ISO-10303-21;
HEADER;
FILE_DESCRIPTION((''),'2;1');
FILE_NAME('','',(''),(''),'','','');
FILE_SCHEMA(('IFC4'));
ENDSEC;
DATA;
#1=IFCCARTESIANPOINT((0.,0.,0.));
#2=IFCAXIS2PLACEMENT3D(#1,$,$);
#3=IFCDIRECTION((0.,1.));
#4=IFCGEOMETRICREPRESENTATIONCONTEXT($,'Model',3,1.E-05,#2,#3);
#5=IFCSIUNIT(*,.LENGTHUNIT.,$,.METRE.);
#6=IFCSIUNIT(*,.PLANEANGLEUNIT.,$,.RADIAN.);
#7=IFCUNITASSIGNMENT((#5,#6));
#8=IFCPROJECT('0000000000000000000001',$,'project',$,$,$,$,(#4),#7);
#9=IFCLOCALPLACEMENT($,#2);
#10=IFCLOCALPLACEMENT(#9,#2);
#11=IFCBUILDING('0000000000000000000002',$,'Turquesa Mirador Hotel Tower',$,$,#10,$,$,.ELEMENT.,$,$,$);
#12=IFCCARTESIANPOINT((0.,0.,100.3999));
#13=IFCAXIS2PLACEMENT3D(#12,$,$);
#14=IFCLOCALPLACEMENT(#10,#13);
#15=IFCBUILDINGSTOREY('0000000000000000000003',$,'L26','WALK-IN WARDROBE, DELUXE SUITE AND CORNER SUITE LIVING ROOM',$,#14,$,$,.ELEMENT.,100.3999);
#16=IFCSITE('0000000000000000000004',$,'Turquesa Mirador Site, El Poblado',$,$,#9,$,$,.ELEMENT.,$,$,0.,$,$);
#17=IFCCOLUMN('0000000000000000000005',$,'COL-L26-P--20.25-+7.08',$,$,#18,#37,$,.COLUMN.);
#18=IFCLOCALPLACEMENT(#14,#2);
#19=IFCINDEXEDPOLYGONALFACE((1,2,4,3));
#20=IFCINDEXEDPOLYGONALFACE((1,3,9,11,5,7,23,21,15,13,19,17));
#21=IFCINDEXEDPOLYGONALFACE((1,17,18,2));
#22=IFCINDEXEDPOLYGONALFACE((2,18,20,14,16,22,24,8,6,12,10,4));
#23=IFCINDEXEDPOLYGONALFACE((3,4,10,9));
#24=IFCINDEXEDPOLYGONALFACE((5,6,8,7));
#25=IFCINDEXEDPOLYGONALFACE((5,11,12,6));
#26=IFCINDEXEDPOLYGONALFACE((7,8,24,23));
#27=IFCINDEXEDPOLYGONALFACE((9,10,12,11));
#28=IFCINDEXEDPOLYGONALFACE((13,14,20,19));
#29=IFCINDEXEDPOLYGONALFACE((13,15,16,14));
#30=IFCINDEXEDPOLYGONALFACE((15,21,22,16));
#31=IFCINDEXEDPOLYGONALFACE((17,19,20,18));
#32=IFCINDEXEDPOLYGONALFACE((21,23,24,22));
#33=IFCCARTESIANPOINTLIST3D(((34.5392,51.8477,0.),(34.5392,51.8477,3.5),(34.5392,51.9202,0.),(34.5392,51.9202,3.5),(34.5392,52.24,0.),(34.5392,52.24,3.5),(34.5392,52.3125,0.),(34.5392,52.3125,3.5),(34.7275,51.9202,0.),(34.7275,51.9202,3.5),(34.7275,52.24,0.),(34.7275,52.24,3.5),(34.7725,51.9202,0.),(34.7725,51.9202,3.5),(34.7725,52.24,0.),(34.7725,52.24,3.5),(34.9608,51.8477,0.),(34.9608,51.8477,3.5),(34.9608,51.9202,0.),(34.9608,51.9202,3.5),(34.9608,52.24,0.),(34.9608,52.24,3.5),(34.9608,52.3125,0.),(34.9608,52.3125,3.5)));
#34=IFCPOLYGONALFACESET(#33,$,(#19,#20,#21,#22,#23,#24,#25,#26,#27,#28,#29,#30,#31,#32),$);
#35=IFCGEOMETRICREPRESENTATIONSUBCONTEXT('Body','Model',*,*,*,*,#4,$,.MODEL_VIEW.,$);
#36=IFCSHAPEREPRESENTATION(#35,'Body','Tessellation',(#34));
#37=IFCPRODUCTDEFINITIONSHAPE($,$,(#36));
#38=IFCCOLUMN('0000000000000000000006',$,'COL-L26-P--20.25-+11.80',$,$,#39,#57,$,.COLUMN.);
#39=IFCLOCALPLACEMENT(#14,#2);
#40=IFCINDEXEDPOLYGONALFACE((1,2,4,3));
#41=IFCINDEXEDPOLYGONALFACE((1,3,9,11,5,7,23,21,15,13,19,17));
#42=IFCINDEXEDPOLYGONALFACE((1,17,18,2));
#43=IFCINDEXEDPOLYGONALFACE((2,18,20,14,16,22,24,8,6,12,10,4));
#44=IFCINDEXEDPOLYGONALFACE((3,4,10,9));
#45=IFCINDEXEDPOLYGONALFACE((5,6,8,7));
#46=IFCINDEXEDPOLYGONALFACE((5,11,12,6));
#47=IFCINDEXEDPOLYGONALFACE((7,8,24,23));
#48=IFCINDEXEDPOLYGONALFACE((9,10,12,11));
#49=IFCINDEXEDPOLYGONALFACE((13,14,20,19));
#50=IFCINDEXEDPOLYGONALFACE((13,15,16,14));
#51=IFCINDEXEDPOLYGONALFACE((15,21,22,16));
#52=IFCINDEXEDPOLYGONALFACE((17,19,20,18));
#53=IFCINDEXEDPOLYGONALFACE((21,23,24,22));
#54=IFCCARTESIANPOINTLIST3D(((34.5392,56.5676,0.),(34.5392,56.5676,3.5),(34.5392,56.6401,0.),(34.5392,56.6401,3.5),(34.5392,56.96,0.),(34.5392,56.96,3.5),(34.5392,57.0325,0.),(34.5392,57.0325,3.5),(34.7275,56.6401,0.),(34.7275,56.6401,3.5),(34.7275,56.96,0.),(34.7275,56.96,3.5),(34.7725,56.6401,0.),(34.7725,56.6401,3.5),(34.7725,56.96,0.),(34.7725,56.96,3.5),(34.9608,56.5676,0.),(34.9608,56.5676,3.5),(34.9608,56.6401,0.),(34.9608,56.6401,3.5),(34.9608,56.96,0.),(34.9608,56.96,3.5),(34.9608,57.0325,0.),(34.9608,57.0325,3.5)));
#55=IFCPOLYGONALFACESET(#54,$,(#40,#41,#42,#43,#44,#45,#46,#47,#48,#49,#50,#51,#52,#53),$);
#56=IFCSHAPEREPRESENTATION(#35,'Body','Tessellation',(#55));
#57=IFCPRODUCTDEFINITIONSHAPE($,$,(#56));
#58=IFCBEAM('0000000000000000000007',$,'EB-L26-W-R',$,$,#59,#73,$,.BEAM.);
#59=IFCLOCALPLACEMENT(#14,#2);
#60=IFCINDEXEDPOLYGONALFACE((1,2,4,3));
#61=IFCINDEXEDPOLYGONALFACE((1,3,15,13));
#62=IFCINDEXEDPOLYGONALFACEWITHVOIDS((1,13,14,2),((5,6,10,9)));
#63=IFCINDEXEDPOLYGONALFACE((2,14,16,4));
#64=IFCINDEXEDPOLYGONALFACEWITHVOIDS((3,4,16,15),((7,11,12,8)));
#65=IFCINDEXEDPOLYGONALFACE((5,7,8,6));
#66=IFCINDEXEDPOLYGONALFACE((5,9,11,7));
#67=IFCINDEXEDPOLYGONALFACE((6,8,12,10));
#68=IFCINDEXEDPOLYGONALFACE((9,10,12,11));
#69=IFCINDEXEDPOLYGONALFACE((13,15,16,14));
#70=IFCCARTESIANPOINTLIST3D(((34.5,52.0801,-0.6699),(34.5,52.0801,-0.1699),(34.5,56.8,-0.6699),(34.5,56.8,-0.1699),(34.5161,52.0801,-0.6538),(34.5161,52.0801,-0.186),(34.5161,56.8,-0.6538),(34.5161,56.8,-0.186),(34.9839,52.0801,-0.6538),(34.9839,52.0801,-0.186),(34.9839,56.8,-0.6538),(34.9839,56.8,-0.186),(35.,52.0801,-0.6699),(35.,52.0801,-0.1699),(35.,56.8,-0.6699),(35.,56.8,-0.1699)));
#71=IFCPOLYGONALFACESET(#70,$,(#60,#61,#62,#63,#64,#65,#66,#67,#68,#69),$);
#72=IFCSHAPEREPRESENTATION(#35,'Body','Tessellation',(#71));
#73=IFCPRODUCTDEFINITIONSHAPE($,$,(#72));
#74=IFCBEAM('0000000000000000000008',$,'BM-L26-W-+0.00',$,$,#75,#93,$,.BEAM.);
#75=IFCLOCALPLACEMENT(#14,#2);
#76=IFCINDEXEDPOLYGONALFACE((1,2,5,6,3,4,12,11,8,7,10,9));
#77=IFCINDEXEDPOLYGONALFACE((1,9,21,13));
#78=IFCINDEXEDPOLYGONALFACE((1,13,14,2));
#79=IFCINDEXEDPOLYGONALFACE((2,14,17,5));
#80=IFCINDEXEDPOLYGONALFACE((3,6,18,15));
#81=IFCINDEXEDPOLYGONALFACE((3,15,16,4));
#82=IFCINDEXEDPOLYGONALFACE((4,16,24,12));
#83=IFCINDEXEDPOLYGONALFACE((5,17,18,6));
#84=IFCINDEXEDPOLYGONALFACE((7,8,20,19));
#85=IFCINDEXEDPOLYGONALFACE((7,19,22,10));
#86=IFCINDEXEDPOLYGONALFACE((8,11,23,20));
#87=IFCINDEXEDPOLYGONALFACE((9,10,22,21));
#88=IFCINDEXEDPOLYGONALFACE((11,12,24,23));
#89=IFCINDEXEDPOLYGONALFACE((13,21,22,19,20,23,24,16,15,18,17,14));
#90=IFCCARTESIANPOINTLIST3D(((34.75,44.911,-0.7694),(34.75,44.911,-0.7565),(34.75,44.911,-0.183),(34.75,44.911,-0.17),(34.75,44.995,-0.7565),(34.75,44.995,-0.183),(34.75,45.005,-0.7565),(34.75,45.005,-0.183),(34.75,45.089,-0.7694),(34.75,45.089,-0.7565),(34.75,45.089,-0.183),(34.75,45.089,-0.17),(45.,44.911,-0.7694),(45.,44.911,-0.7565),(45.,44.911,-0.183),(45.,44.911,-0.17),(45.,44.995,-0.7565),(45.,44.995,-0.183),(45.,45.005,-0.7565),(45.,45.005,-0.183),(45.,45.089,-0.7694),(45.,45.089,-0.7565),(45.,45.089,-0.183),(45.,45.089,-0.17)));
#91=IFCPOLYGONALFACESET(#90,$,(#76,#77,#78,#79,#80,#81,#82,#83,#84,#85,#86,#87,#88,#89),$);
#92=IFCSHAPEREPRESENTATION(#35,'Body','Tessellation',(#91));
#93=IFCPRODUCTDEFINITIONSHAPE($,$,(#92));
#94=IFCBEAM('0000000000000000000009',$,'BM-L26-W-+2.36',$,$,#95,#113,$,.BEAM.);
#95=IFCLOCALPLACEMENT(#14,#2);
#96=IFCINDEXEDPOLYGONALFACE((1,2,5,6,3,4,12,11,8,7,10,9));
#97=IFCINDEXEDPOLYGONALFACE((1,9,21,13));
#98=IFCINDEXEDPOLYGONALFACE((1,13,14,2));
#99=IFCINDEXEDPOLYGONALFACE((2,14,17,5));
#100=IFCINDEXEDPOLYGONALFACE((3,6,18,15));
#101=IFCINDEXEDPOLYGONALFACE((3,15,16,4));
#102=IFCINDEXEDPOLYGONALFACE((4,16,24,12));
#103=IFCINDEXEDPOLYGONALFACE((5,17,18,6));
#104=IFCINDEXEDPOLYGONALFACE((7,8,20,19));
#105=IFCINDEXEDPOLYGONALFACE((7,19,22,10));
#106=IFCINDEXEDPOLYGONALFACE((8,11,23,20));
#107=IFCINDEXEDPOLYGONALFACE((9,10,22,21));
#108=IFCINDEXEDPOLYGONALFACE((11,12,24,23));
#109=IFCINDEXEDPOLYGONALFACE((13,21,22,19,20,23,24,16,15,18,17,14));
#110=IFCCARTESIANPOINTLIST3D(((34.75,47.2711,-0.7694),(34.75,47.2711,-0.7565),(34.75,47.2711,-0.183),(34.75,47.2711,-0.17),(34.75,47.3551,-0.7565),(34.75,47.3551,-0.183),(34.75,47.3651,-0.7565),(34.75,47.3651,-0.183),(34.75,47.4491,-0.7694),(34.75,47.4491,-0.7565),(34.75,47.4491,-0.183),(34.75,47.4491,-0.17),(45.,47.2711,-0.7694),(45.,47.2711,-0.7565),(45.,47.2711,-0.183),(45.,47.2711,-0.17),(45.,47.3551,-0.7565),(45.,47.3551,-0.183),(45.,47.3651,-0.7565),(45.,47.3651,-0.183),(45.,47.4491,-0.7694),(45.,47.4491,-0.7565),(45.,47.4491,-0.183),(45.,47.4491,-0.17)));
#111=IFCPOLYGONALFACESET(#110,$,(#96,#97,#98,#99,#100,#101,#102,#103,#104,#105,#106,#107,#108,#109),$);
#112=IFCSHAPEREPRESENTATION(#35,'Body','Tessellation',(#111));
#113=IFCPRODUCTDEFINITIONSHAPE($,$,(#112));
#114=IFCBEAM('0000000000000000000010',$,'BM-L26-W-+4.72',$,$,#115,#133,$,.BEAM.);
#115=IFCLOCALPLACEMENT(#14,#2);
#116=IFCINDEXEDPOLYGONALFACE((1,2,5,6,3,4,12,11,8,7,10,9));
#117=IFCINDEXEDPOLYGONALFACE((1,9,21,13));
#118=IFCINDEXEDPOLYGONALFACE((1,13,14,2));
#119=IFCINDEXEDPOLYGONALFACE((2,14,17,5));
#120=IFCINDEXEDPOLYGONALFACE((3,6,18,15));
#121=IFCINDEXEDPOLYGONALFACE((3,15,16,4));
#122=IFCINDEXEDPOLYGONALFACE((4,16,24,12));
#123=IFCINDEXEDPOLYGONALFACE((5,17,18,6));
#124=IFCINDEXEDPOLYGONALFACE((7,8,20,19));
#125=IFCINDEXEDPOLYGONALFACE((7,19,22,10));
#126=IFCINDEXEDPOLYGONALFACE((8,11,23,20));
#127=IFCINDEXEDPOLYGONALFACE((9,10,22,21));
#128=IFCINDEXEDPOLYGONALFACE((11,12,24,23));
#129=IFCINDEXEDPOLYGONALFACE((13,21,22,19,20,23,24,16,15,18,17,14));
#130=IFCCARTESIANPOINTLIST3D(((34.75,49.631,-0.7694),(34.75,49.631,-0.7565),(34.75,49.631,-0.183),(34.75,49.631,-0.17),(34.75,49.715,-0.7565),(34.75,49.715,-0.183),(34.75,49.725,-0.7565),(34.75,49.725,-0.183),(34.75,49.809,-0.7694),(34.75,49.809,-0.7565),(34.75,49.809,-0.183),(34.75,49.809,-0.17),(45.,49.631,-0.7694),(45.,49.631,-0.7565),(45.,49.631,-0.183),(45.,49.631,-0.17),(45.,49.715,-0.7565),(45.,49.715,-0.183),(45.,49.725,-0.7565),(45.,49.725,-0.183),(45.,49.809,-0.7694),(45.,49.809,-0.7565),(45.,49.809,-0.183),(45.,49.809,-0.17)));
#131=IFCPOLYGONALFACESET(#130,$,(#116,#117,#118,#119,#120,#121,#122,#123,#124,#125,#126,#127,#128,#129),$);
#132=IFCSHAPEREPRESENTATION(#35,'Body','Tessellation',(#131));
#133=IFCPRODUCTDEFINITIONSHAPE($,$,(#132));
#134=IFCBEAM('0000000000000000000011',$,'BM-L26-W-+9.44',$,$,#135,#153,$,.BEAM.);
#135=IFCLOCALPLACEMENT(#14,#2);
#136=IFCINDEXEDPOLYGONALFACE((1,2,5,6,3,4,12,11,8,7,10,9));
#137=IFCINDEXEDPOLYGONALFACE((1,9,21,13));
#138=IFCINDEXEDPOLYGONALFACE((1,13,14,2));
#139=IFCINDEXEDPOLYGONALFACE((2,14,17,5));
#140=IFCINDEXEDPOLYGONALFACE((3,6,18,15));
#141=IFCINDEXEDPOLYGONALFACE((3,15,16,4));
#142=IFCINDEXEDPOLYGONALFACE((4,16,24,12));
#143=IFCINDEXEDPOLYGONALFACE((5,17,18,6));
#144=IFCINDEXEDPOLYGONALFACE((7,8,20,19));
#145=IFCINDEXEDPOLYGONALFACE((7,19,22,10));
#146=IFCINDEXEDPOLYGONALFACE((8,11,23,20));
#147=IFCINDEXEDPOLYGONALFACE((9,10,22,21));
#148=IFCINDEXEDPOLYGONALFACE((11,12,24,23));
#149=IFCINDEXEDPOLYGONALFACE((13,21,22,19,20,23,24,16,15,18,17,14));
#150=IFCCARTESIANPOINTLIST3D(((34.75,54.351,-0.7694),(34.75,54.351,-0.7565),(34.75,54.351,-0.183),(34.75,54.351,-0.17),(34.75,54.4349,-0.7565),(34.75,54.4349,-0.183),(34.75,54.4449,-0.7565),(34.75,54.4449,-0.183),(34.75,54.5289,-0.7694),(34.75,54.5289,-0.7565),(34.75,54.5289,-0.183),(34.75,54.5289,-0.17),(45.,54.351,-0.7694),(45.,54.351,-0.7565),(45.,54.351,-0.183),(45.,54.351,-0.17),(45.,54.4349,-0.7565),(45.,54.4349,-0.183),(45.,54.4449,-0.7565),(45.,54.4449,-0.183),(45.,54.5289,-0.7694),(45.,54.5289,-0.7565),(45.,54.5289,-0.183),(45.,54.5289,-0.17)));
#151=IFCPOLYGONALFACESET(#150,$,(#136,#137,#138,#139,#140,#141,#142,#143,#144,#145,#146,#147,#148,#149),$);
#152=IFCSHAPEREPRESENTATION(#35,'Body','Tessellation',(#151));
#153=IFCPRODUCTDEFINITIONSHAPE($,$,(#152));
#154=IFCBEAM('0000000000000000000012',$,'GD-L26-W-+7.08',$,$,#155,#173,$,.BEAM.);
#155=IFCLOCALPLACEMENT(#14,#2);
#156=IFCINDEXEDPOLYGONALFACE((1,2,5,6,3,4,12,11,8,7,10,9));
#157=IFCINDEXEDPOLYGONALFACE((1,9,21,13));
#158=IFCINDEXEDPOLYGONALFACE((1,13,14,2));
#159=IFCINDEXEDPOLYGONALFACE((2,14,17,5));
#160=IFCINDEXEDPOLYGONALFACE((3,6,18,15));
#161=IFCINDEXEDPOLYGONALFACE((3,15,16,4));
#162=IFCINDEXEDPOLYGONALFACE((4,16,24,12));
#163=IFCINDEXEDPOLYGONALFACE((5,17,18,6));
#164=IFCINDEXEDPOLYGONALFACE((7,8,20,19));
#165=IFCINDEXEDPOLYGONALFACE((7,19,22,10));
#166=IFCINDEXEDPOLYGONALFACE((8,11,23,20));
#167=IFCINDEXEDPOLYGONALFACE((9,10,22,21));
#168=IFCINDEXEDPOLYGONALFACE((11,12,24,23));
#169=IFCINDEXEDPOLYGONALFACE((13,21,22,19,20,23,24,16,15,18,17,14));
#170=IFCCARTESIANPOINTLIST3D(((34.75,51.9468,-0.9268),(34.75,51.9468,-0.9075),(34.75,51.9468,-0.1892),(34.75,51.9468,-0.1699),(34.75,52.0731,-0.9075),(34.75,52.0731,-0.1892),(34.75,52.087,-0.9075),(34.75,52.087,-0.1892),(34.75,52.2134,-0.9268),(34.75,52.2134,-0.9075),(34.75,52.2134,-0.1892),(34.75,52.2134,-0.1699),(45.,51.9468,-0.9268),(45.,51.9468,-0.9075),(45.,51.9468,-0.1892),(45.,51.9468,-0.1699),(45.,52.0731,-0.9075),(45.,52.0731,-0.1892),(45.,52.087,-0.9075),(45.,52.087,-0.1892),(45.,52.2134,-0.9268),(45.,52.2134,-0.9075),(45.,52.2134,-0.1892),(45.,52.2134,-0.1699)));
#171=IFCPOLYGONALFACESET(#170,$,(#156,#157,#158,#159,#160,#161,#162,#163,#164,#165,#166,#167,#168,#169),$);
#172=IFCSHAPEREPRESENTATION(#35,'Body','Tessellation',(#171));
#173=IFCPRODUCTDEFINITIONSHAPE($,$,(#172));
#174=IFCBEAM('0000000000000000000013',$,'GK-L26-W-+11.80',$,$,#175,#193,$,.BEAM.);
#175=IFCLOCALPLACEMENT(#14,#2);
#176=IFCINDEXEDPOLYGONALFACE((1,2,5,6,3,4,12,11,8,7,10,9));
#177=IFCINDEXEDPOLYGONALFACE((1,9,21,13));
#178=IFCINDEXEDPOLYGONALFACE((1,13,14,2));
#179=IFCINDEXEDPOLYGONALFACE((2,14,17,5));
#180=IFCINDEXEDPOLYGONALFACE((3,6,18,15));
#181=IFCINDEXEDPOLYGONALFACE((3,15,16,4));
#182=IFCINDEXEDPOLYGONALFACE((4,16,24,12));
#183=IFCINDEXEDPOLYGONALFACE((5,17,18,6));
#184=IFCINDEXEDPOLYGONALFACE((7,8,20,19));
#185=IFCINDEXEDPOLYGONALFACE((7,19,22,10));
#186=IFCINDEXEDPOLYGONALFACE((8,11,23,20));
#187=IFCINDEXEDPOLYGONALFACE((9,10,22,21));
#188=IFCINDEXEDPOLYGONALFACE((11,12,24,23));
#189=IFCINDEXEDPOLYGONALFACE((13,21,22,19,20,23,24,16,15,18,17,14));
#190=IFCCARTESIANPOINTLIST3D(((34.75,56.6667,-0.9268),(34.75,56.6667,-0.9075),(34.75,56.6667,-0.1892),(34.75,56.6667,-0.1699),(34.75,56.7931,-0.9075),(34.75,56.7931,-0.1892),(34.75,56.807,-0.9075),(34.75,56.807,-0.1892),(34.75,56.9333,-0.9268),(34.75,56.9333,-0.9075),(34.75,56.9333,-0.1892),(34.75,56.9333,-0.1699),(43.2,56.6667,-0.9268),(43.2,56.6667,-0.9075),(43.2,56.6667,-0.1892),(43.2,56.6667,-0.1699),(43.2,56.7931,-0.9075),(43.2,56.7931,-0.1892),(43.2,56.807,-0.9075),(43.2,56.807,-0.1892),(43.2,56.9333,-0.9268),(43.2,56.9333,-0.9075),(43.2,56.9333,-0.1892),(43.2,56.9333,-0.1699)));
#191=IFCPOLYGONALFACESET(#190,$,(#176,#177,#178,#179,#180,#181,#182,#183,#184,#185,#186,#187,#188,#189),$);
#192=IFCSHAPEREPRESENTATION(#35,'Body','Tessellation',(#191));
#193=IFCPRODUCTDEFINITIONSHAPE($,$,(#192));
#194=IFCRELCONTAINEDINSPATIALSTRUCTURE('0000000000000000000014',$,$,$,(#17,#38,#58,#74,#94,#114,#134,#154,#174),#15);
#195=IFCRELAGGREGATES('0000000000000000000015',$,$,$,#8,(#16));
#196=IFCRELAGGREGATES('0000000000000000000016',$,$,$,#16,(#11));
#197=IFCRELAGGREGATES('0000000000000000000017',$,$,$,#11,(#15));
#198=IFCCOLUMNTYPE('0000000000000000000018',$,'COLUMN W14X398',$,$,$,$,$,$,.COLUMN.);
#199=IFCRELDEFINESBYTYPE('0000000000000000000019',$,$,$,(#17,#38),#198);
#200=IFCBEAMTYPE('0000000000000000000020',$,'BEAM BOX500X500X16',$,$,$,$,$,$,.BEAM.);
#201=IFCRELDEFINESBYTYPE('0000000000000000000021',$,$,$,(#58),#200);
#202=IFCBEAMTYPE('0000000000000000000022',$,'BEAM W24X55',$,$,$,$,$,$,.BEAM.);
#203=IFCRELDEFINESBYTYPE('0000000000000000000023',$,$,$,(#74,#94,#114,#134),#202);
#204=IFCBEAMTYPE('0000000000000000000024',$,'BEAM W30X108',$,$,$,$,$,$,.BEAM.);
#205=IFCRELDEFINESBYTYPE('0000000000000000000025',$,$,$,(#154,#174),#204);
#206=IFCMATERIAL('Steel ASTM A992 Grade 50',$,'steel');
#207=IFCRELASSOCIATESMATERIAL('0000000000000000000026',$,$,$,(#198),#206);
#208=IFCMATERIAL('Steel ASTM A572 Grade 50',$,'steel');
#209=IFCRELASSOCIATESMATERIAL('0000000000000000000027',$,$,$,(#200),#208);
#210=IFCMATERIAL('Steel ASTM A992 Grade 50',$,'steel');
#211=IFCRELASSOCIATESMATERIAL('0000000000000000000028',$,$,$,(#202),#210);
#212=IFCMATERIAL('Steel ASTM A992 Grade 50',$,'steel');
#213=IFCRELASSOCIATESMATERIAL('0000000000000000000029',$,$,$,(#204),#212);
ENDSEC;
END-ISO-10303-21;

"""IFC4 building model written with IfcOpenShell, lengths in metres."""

from ifc_helpers import new_model, si_unit, direction, frame, origin, origin_2d, place, context, subcontext, project, spatial, hollow_rectangle, i_section, extrude, material, material_profile, profile_set, type_object, element, save


model = new_model("IFC4")

# Units and contexts
model_context = context("Model", 3, precision=1e-05, world=origin(), true_north=direction((0.0, 1.0)))
body_context = subcontext(model_context, "Body", "Model", "MODEL_VIEW")
ifc_project = project(units=[si_unit("LENGTHUNIT", "METRE"), si_unit("PLANEANGLEUNIT", "RADIAN")], contexts=[model_context])

# Site, building, storey
site_placement = place(None, origin())
site = spatial("IfcSite", under=ifc_project, at=site_placement, Name="Turquesa Mirador Site, El Poblado", CompositionType="ELEMENT", RefElevation=0.0)
building_placement = place(site_placement, origin())
building = spatial("IfcBuilding", under=site, at=building_placement, Name="Turquesa Mirador Hotel Tower", CompositionType="ELEMENT")
storey_placement = place(building_placement, frame((0.0, 0.0, 100.3999)))
storey = spatial("IfcBuildingStorey", under=building, at=storey_placement, Name="L26", Description="WALK-IN WARDROBE, DELUXE SUITE AND CORNER SUITE LIVING ROOM", CompositionType="ELEMENT", Elevation=100.3999)

# Columns
ifc_material_1 = material(Name="Steel ASTM A992 Grade 50", Category="steel")
ifc_material_profile_1 = material_profile(ifc_material_1, i_section(OverallWidth=0.4216, OverallDepth=0.4648, WebThickness=0.0449, FlangeThickness=0.0725, at=origin_2d()), Name="W14X398")
ifc_profile_set_1 = profile_set([ifc_material_profile_1], Name="Steel ASTM A992 Grade 50")
column_type = type_object("IfcColumnType", Name="COLUMN W14X398", PredefinedType="COLUMN", material=ifc_profile_set_1)
for number, where, z_axis, x_axis, name in (
    (1, (34.75, 52.0801, 0.0), (0.0, 0.0, 1.0), (1.0, 0.0, 0.0), "COL-L26-P--20.25-+7.08"),
    (2, (34.75, 56.8, 0.0), (0.0, 0.0, 1.0), (1.0, 0.0, 0.0), "COL-L26-P--20.25-+11.80"),
):
    element("IfcColumn", number, at=place(storey_placement, frame(where, z_axis=z_axis, x_axis=x_axis)), inside=storey, type_object=column_type, Name=name, PredefinedType="COLUMN", context=body_context, shape_type="SweptSolid", body=[
        extrude(i_section(OverallWidth=0.4216, OverallDepth=0.4648, WebThickness=0.0449, FlangeThickness=0.0725, at=origin_2d()), origin(), (0.0, 0.0, 1.0), 3.5),
    ])

# Beams
ifc_material_2 = material(Name="Steel ASTM A572 Grade 50", Category="steel")
ifc_material_profile_2 = material_profile(ifc_material_2, hollow_rectangle(XDim=0.5, YDim=0.5, WallThickness=0.0161, at=origin_2d()), Name="BOX500X500X16")
ifc_profile_set_2 = profile_set([ifc_material_profile_2], Name="Steel ASTM A572 Grade 50")
beam_type_1 = type_object("IfcBeamType", Name="BEAM BOX500X500X16", PredefinedType="BEAM", material=ifc_profile_set_2)
beam_1_placement = place(storey_placement, frame((34.75, 52.0801, -0.4199), z_axis=(0.0, 1.0, 0.0), x_axis=(-1.0, 0.0, 0.0)))
element("IfcBeam", 3, at=beam_1_placement, inside=storey, type_object=beam_type_1, Name="EB-L26-W-R", PredefinedType="BEAM", context=body_context, shape_type="SweptSolid", body=[
    extrude(hollow_rectangle(XDim=0.5, YDim=0.5, WallThickness=0.0161, at=origin_2d()), origin(), (0.0, 0.0, 1.0), 4.72),
])
ifc_material_3 = material(Name="Steel ASTM A992 Grade 50", Category="steel")
ifc_material_profile_3 = material_profile(ifc_material_3, i_section(OverallWidth=0.178, OverallDepth=0.5994, WebThickness=0.01, FlangeThickness=0.0129, at=origin_2d()), Name="W24X55")
ifc_profile_set_3 = profile_set([ifc_material_profile_3], Name="Steel ASTM A992 Grade 50")
beam_type_2 = type_object("IfcBeamType", Name="BEAM W24X55", PredefinedType="BEAM", material=ifc_profile_set_3)
for number, where, z_axis, x_axis, name in (
    (4, (34.75, 45.0, -0.4697), (1.0, 0.0, 0.0), (0.0, 1.0, 0.0), "BM-L26-W-+0.00"),
    (5, (34.75, 47.3601, -0.4697), (1.0, 0.0, 0.0), (0.0, 1.0, 0.0), "BM-L26-W-+2.36"),
    (6, (34.75, 49.72, -0.4697), (1.0, 0.0, 0.0), (0.0, 1.0, 0.0), "BM-L26-W-+4.72"),
    (7, (34.75, 54.4399, -0.4697), (1.0, 0.0, 0.0), (0.0, 1.0, 0.0), "BM-L26-W-+9.44"),
):
    element("IfcBeam", number, at=place(storey_placement, frame(where, z_axis=z_axis, x_axis=x_axis)), inside=storey, type_object=beam_type_2, Name=name, PredefinedType="BEAM", context=body_context, shape_type="SweptSolid", body=[
        extrude(i_section(OverallWidth=0.178, OverallDepth=0.5994, WebThickness=0.01, FlangeThickness=0.0129, at=origin_2d()), origin(), (0.0, 0.0, 1.0), 10.25),
    ])
ifc_material_4 = material(Name="Steel ASTM A992 Grade 50", Category="steel")
ifc_material_profile_4 = material_profile(ifc_material_4, i_section(OverallWidth=0.2666, OverallDepth=0.7568, WebThickness=0.0139, FlangeThickness=0.0193, at=origin_2d()), Name="W30X108")
ifc_profile_set_4 = profile_set([ifc_material_profile_4], Name="Steel ASTM A992 Grade 50")
beam_type_3 = type_object("IfcBeamType", Name="BEAM W30X108", PredefinedType="BEAM", material=ifc_profile_set_4)
beam_2_placement = place(storey_placement, frame((34.75, 52.0801, -0.5483), z_axis=(1.0, 0.0, 0.0), x_axis=(0.0, 1.0, 0.0)))
element("IfcBeam", 8, at=beam_2_placement, inside=storey, type_object=beam_type_3, Name="GD-L26-W-+7.08", PredefinedType="BEAM", context=body_context, shape_type="SweptSolid", body=[
    extrude(i_section(OverallWidth=0.2666, OverallDepth=0.7568, WebThickness=0.0139, FlangeThickness=0.0193, at=origin_2d()), origin(), (0.0, 0.0, 1.0), 10.25),
])
beam_3_placement = place(storey_placement, frame((34.75, 56.8, -0.5483), z_axis=(1.0, 0.0, 0.0), x_axis=(0.0, 1.0, 0.0)))
element("IfcBeam", 9, at=beam_3_placement, inside=storey, type_object=beam_type_3, Name="GK-L26-W-+11.80", PredefinedType="BEAM", context=body_context, shape_type="SweptSolid", body=[
    extrude(i_section(OverallWidth=0.2666, OverallDepth=0.7568, WebThickness=0.0139, FlangeThickness=0.0193, at=origin_2d()), origin(), (0.0, 0.0, 1.0), 8.45),
])

save(model, "model.ifc")
